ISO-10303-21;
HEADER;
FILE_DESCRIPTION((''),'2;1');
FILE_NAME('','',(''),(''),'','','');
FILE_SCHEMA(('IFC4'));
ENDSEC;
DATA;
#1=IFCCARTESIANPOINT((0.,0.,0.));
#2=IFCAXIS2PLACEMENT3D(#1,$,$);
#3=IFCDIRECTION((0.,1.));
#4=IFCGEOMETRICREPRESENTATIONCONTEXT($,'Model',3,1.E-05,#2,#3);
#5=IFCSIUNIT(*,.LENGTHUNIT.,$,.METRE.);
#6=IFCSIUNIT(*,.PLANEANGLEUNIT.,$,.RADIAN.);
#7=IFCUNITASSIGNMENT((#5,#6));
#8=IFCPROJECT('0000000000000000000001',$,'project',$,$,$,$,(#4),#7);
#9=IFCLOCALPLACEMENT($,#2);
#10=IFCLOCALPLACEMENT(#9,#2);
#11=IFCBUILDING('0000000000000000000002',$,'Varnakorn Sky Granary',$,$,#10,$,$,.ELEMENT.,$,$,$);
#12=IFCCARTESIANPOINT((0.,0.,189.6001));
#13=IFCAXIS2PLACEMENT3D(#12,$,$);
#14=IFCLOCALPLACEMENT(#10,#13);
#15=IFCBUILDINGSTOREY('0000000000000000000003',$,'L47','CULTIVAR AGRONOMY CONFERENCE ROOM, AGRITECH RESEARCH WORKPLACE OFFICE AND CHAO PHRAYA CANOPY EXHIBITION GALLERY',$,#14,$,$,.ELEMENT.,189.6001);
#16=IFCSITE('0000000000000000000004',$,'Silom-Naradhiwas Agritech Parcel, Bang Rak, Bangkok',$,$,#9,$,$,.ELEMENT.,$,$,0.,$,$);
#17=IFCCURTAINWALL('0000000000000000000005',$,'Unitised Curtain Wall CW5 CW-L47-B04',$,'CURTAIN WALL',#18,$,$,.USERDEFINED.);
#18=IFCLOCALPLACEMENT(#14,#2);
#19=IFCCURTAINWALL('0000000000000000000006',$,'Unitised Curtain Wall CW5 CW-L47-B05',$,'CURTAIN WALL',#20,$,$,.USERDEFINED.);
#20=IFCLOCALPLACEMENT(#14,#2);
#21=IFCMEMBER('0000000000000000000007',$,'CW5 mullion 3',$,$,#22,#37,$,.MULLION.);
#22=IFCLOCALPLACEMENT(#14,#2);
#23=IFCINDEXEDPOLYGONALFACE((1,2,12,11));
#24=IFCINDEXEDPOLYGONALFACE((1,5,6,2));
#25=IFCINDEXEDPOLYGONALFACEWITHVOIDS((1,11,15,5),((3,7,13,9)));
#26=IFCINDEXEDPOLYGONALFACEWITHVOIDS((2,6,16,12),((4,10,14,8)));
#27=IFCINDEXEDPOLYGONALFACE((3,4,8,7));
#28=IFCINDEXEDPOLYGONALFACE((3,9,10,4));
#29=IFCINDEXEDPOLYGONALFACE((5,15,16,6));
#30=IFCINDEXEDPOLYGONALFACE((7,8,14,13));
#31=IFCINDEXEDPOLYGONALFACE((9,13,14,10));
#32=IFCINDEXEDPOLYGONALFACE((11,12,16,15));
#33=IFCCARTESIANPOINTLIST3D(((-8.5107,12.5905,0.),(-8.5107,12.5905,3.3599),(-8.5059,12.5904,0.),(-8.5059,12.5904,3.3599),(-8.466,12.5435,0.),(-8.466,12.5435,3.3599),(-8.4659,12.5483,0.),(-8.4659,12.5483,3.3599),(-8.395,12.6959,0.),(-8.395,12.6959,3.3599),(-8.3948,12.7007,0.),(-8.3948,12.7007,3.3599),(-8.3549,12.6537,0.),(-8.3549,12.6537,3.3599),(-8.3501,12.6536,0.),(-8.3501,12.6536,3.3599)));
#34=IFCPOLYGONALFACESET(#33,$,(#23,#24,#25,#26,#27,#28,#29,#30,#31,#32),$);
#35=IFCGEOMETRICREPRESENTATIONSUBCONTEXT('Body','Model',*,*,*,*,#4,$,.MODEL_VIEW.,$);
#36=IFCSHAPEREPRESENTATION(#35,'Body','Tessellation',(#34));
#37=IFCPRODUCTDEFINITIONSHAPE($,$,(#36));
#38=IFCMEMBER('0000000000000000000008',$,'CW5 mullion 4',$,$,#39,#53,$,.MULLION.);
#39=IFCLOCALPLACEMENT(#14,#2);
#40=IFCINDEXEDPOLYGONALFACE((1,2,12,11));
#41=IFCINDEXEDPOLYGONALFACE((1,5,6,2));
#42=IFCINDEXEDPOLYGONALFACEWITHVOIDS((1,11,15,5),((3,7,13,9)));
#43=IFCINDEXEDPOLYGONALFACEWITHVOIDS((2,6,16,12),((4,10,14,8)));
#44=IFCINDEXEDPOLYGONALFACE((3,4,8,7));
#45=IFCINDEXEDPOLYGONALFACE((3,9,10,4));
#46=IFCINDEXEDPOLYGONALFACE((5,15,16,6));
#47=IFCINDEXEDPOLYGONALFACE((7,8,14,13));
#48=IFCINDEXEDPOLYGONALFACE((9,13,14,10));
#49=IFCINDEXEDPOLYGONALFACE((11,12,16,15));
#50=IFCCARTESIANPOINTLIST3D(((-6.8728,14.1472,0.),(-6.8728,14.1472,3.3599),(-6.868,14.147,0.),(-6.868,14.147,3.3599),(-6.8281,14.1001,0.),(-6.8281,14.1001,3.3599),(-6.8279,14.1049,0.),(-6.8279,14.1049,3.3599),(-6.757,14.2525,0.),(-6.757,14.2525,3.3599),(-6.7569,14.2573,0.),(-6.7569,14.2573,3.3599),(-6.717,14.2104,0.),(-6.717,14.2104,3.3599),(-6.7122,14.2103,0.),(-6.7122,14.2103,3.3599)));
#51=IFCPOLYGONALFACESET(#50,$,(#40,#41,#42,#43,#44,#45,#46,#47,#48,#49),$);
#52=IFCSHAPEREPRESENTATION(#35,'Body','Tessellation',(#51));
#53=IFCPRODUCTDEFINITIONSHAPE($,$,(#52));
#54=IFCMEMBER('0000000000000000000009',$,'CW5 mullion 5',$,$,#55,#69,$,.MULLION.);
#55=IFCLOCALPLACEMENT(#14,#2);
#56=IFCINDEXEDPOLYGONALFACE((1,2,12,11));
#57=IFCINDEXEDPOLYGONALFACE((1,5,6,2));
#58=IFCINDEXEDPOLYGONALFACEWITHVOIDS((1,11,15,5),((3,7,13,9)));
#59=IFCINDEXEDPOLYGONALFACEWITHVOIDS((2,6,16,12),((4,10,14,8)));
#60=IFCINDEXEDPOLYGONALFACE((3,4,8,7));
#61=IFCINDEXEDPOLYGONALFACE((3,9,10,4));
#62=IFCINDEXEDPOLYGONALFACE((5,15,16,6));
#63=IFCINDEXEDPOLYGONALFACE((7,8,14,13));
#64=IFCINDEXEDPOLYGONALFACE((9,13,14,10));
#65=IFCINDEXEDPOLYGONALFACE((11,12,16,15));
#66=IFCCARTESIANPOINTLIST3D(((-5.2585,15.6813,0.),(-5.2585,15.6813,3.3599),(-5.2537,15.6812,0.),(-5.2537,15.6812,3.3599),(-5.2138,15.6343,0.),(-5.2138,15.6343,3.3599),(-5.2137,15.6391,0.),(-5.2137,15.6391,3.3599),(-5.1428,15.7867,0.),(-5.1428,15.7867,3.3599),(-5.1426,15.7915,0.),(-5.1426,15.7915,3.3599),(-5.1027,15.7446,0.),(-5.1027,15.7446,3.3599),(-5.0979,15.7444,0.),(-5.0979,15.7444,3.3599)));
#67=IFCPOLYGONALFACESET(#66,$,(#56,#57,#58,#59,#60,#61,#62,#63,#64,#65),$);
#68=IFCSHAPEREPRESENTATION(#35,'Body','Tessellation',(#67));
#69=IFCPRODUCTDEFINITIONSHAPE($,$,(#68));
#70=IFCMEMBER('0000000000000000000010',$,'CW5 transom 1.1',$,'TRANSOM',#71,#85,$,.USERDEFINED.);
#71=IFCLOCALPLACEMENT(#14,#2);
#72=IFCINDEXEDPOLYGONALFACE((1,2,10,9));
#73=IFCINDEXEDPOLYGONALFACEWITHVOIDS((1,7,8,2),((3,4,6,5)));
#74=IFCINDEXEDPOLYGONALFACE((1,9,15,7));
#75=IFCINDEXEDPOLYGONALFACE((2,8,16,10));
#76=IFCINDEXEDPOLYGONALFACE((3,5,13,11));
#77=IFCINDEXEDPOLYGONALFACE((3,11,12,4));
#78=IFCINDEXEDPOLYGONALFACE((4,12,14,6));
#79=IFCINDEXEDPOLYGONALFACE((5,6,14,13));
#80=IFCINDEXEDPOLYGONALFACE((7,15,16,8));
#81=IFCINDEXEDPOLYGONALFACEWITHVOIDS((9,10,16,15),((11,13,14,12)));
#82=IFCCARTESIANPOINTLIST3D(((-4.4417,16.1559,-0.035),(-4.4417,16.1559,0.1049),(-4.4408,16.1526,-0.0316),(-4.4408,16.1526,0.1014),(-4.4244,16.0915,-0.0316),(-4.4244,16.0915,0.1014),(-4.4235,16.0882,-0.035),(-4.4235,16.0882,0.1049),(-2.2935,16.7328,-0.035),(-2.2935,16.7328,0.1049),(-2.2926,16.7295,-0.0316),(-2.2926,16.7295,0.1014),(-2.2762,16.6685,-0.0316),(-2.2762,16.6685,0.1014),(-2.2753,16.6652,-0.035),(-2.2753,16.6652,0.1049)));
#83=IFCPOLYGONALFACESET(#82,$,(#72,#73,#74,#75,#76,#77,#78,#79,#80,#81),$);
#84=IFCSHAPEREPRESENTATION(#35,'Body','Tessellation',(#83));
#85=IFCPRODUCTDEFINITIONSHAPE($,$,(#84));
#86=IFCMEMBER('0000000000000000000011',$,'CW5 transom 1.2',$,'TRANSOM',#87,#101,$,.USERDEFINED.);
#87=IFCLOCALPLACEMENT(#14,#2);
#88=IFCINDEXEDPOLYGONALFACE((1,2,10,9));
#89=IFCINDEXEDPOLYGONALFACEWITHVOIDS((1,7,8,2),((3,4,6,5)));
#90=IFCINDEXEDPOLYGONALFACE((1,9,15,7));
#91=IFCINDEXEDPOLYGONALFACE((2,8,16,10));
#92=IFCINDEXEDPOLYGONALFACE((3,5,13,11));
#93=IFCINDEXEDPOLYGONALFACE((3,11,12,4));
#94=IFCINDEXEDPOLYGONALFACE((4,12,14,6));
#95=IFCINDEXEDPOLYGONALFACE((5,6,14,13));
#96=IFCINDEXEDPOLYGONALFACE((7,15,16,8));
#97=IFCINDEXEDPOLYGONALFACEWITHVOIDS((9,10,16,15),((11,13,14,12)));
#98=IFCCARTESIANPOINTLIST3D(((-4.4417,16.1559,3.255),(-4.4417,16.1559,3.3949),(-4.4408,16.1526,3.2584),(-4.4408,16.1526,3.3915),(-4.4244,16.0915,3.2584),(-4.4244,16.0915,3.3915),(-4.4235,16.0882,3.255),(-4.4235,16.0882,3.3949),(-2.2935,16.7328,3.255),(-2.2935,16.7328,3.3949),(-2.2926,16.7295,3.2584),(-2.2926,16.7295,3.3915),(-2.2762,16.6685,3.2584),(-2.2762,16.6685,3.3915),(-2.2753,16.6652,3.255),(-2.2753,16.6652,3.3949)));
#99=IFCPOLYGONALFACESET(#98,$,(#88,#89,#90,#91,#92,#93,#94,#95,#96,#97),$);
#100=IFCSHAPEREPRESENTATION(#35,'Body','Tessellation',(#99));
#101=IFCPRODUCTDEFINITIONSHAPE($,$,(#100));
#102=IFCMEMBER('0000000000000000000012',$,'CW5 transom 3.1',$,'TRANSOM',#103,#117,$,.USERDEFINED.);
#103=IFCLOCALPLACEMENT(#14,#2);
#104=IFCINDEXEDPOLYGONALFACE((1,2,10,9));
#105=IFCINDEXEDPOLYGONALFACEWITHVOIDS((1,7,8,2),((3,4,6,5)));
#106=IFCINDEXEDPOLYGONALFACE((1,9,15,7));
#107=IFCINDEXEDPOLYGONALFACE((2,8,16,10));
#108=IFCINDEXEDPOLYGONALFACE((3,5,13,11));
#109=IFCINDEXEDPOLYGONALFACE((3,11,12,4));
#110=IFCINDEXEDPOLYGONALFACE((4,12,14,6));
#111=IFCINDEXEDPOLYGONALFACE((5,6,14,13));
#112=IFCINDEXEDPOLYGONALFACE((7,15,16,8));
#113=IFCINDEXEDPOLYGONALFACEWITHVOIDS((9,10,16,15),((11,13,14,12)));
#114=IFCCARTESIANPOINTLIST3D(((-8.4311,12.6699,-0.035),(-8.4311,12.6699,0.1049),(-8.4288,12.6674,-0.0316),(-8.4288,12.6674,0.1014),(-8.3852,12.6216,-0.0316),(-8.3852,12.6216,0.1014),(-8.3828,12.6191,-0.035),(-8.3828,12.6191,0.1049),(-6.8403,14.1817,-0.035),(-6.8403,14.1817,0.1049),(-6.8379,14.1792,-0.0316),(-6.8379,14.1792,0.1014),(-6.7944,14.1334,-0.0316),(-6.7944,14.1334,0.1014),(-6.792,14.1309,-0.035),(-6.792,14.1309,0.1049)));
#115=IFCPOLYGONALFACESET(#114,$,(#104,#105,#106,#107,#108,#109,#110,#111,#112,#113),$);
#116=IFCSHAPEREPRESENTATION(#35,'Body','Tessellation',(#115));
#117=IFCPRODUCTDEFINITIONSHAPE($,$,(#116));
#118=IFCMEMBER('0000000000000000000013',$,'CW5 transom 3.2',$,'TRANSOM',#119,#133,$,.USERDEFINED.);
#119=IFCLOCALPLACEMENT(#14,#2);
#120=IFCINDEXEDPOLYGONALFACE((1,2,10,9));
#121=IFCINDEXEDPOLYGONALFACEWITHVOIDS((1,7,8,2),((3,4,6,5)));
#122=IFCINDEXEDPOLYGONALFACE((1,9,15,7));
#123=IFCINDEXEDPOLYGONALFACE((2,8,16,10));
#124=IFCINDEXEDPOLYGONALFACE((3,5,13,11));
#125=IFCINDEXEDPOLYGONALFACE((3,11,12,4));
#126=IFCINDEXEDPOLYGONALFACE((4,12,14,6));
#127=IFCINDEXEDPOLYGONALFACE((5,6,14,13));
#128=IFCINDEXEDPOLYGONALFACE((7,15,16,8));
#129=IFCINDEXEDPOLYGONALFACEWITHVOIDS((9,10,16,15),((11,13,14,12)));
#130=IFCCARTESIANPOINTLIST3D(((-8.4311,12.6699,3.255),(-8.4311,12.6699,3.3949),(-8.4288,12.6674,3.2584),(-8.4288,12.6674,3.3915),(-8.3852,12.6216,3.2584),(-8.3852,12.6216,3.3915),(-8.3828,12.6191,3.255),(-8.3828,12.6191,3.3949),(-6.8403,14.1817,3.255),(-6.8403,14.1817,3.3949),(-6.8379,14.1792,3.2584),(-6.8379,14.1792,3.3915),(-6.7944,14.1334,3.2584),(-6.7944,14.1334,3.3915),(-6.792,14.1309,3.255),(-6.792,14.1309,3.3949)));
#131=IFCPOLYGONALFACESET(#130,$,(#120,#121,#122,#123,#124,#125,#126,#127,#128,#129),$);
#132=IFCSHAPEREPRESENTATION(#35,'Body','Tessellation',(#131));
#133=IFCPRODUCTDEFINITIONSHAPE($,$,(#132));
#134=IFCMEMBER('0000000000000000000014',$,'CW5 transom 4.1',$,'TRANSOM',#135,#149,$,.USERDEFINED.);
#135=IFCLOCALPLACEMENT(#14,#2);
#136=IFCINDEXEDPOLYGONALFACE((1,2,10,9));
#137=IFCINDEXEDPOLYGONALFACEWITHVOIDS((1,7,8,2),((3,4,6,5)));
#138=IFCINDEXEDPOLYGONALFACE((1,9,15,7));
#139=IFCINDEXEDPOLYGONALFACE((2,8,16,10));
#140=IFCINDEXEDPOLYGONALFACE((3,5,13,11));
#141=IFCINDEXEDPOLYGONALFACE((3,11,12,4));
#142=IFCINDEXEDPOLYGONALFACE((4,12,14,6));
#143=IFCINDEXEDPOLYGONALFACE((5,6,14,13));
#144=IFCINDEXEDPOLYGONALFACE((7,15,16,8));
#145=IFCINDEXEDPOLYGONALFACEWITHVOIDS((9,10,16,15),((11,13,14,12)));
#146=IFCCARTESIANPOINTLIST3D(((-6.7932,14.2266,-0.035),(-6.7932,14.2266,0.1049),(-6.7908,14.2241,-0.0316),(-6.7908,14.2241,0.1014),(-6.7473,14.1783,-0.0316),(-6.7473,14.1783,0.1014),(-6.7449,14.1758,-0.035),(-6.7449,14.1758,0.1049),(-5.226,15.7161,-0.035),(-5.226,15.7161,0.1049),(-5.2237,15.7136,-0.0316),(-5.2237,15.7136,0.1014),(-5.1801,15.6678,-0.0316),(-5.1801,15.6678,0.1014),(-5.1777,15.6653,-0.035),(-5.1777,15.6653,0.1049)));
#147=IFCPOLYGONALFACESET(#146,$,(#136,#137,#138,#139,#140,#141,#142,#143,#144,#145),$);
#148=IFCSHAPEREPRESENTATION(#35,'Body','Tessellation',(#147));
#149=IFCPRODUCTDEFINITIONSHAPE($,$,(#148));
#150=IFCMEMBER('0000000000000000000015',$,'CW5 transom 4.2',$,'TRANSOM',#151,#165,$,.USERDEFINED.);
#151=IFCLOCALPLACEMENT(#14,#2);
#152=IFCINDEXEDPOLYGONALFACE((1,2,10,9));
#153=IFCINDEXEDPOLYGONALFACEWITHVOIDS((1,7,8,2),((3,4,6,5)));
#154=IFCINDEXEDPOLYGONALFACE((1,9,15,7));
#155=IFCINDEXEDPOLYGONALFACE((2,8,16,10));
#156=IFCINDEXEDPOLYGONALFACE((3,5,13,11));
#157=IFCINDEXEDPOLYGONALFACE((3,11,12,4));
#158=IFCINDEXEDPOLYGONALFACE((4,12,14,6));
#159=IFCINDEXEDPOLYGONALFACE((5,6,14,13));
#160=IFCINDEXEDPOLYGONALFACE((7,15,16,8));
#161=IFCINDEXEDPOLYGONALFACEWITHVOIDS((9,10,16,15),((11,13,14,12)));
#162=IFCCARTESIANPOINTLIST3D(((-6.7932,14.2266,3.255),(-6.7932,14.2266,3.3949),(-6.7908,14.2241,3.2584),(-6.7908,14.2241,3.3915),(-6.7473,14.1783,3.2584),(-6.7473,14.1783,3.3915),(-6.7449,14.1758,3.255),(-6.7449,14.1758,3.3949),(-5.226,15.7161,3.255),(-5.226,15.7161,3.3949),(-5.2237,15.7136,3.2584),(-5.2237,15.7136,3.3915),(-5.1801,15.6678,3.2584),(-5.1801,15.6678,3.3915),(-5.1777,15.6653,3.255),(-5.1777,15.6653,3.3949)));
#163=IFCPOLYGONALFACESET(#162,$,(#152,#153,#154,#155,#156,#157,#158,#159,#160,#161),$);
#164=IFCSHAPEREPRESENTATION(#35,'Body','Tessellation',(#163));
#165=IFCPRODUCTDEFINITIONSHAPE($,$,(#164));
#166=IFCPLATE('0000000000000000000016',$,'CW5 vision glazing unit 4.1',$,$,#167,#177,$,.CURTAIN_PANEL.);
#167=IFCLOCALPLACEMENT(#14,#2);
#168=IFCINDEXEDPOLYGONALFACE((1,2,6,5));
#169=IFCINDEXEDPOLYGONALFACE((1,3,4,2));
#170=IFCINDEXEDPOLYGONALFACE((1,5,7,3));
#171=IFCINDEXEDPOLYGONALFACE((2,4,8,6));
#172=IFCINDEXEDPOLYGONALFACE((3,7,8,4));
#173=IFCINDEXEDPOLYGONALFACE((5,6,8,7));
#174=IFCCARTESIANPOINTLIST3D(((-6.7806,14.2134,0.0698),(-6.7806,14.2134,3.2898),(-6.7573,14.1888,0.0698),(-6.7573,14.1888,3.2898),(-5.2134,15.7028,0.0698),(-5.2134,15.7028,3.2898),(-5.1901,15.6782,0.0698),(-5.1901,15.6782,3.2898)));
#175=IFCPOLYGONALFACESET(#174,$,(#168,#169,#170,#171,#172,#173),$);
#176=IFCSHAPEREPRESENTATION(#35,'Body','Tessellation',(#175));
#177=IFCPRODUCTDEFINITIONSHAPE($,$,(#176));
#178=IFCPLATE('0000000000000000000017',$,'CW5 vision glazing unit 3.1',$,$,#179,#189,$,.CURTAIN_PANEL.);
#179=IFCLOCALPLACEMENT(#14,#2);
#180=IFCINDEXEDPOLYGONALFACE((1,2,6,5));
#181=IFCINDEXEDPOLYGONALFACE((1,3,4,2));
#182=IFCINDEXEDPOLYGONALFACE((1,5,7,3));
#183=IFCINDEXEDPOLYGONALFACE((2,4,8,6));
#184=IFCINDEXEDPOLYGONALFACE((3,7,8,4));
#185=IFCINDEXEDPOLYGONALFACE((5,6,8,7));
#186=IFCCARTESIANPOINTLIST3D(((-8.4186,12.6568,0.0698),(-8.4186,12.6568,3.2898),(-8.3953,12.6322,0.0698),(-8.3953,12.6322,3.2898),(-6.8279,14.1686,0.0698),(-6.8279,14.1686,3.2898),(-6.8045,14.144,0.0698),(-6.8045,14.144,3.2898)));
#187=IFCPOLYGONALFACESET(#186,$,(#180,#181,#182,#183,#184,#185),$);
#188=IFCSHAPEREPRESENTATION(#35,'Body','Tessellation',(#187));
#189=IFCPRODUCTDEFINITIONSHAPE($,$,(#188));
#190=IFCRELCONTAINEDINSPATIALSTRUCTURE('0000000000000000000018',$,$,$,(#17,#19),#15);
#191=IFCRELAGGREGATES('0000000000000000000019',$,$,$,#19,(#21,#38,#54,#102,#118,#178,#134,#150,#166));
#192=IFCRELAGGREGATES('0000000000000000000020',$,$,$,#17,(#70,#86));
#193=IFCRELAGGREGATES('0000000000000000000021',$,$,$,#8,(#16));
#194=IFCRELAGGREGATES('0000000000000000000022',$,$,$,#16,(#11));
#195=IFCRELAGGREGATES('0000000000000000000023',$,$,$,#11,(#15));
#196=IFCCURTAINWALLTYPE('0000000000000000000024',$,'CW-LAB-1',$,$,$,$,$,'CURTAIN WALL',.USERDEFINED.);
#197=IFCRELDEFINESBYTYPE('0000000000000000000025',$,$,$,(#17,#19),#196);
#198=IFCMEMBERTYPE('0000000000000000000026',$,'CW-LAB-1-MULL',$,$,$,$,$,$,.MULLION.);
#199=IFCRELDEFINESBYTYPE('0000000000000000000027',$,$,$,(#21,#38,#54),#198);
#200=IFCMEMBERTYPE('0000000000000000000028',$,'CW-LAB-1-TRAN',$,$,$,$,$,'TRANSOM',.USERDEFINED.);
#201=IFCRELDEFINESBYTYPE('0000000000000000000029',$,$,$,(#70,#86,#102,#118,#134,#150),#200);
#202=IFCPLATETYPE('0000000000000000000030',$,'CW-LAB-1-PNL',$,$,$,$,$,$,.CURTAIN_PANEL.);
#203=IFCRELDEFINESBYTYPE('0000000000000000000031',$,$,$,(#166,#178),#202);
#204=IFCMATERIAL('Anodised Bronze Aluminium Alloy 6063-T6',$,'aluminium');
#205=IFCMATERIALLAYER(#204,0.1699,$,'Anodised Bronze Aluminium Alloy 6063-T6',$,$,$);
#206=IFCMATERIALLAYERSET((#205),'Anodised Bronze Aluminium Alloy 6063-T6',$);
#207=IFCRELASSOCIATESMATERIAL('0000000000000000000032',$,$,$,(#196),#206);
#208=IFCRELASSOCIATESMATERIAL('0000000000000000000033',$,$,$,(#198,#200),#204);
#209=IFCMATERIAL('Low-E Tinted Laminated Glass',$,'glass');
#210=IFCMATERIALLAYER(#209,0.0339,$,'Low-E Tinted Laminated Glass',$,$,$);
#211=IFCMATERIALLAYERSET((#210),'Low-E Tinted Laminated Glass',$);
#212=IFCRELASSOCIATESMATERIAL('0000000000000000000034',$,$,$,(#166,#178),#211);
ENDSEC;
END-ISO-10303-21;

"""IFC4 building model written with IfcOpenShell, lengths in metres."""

from ifc_helpers import new_model, si_unit, direction, frame, origin, origin_2d, place, context, subcontext, project, spatial, rectangle, hollow_rectangle, extrude, source, transform, mapped, material, layer, layer_set, material_profile, profile_set, type_object, element, aggregate, save


model = new_model("IFC4")

# Units and contexts
model_context = context("Model", 3, precision=1e-05, world=origin(), true_north=direction((0.0, 1.0)))
body_context = subcontext(model_context, "Body", "Model", "MODEL_VIEW")
ifc_project = project(units=[si_unit("LENGTHUNIT", "METRE"), si_unit("PLANEANGLEUNIT", "RADIAN")], contexts=[model_context])

# Site, building, storey
site_placement = place(None, origin())
site = spatial("IfcSite", under=ifc_project, at=site_placement, Name="Silom-Naradhiwas Agritech Parcel, Bang Rak, Bangkok", CompositionType="ELEMENT", RefElevation=0.0)
building_placement = place(site_placement, origin())
building = spatial("IfcBuilding", under=site, at=building_placement, Name="Varnakorn Sky Granary", CompositionType="ELEMENT")
storey_placement = place(building_placement, frame((0.0, 0.0, 189.6001)))
storey = spatial("IfcBuildingStorey", under=building, at=storey_placement, Name="L47", Description="CULTIVAR AGRONOMY CONFERENCE ROOM, AGRITECH RESEARCH WORKPLACE OFFICE AND CHAO PHRAYA CANOPY EXHIBITION GALLERY", CompositionType="ELEMENT", Elevation=189.6001)

# Curtain wall
ifc_material_1 = material(Name="Anodised Bronze Aluminium Alloy 6063-T6", Category="aluminium")
ifc_layer_1 = layer(ifc_material_1, 0.1699, Name="Anodised Bronze Aluminium Alloy 6063-T6")
ifc_layer_set_1 = layer_set([ifc_layer_1], Name="Anodised Bronze Aluminium Alloy 6063-T6")
curtain_wall_type = type_object("IfcCurtainWallType", Name="CW-LAB-1", ElementType="CURTAIN WALL", PredefinedType="USERDEFINED", material=ifc_layer_set_1)
curtain_wall_1_placement = place(storey_placement, origin())
curtain_wall_1 = element("IfcCurtainWall", 1, at=curtain_wall_1_placement, inside=storey, type_object=curtain_wall_type, Name="Unitised Curtain Wall CW5 CW-L47-B04", ObjectType="CURTAIN WALL", PredefinedType="USERDEFINED")
ifc_material_profile_1 = material_profile(ifc_material_1, hollow_rectangle(XDim=0.0649, YDim=0.1599, WallThickness=0.0034, at=origin_2d()), Name="ALU MULL 65x160")
ifc_profile_set_1 = profile_set([ifc_material_profile_1], Name="Anodised Bronze Aluminium Alloy 6063-T6")
member_type_1 = type_object("IfcMemberType", Name="CW-LAB-1-MULL", PredefinedType="MULLION", material=ifc_profile_set_1)

# Curtain wall, members
curtain_wall_2_placement = place(storey_placement, origin())
curtain_wall_2 = element("IfcCurtainWall", 2, at=curtain_wall_2_placement, inside=storey, type_object=curtain_wall_type, Name="Unitised Curtain Wall CW5 CW-L47-B05", ObjectType="CURTAIN WALL", PredefinedType="USERDEFINED")
member_1_placement = place(storey_placement, frame((-8.4304, 12.6221, 0.0), z_axis=(0.0, 0.0, 1.0), x_axis=(-0.688905, 0.724851, 0.0)))
member_1 = element("IfcMember", 3, at=member_1_placement, type_object=member_type_1, Name="CW5 mullion 3", PredefinedType="MULLION", context=body_context, shape_type="SweptSolid", body=[
    extrude(hollow_rectangle(XDim=0.0649, YDim=0.1599, WallThickness=0.0034, at=origin_2d()), origin(), (0.0, 0.0, 1.0), 3.3599),
])
member_2_placement = place(storey_placement, frame((-6.7925, 14.1787, 0.0), z_axis=(0.0, 0.0, 1.0), x_axis=(-0.688905, 0.724851, 0.0)))
member_2 = element("IfcMember", 4, at=member_2_placement, type_object=member_type_1, Name="CW5 mullion 4", PredefinedType="MULLION", context=body_context, shape_type="SweptSolid", body=[
    extrude(hollow_rectangle(XDim=0.0649, YDim=0.1599, WallThickness=0.0034, at=origin_2d()), origin(), (0.0, 0.0, 1.0), 3.3599),
])
member_3_placement = place(storey_placement, frame((-5.1782, 15.7129, 0.0), z_axis=(0.0, 0.0, 1.0), x_axis=(-0.688905, 0.724851, 0.0)))
member_3 = element("IfcMember", 5, at=member_3_placement, type_object=member_type_1, Name="CW5 mullion 5", PredefinedType="MULLION", context=body_context, shape_type="SweptSolid", body=[
    extrude(hollow_rectangle(XDim=0.0649, YDim=0.1599, WallThickness=0.0034, at=origin_2d()), origin(), (0.0, 0.0, 1.0), 3.3599),
])

# Members
ifc_material_profile_2 = material_profile(ifc_material_1, hollow_rectangle(XDim=0.0701, YDim=0.1399, WallThickness=0.0034, at=origin_2d()), Name="ALU TRAN 70x140")
ifc_profile_set_2 = profile_set([ifc_material_profile_2], Name="Anodised Bronze Aluminium Alloy 6063-T6")
member_type_2 = type_object("IfcMemberType", Name="CW-LAB-1-TRAN", ElementType="TRANSOM", PredefinedType="USERDEFINED", material=ifc_profile_set_2)
member_4_placement = place(storey_placement, frame((-4.4326, 16.1221, 0.0349), z_axis=(0.96578, 0.259363, 0.0), x_axis=(-0.259363, 0.96578, 0.0)))
member_4 = element("IfcMember", 6, at=member_4_placement, type_object=member_type_2, Name="CW5 transom 1.1", ObjectType="TRANSOM", PredefinedType="USERDEFINED", context=body_context, shape_type="SweptSolid", body=[
    extrude(hollow_rectangle(XDim=0.0701, YDim=0.1399, WallThickness=0.0034, at=origin_2d()), origin(), (0.0, 0.0, 1.0), 2.2244),
])
member_5_placement = place(storey_placement, frame((-4.4326, 16.1221, 3.325), z_axis=(0.96578, 0.259363, 0.0), x_axis=(-0.259363, 0.96578, 0.0)))
member_5 = element("IfcMember", 7, at=member_5_placement, type_object=member_type_2, Name="CW5 transom 1.2", ObjectType="TRANSOM", PredefinedType="USERDEFINED", context=body_context, shape_type="SweptSolid", body=[
    extrude(hollow_rectangle(XDim=0.0701, YDim=0.1399, WallThickness=0.0034, at=origin_2d()), origin(), (0.0, 0.0, 1.0), 2.2244),
])
member_6_placement = place(storey_placement, frame((-8.407, 12.6445, 0.0349), z_axis=(0.724899, 0.688855, 0.0), x_axis=(-0.688855, 0.724899, 0.0)))
member_6 = element("IfcMember", 8, at=member_6_placement, type_object=member_type_2, Name="CW5 transom 3.1", ObjectType="TRANSOM", PredefinedType="USERDEFINED", context=body_context, shape_type="SweptSolid", body=[
    extrude(hollow_rectangle(XDim=0.0701, YDim=0.1399, WallThickness=0.0034, at=origin_2d()), origin(), (0.0, 0.0, 1.0), 2.1946),
])
member_7_placement = place(storey_placement, frame((-8.407, 12.6445, 3.325), z_axis=(0.724899, 0.688855, 0.0), x_axis=(-0.688855, 0.724899, 0.0)))
member_7 = element("IfcMember", 9, at=member_7_placement, type_object=member_type_2, Name="CW5 transom 3.2", ObjectType="TRANSOM", PredefinedType="USERDEFINED", context=body_context, shape_type="SweptSolid", body=[
    extrude(hollow_rectangle(XDim=0.0701, YDim=0.1399, WallThickness=0.0034, at=origin_2d()), origin(), (0.0, 0.0, 1.0), 2.1946),
])
member_8_placement = place(storey_placement, frame((-6.769, 14.2012, 0.0349), z_axis=(0.724833, 0.688925, 0.0), x_axis=(-0.688925, 0.724833, 0.0)))
member_8 = element("IfcMember", 10, at=member_8_placement, type_object=member_type_2, Name="CW5 transom 4.1", ObjectType="TRANSOM", PredefinedType="USERDEFINED", context=body_context, shape_type="SweptSolid", body=[
    extrude(hollow_rectangle(XDim=0.0701, YDim=0.1399, WallThickness=0.0034, at=origin_2d()), origin(), (0.0, 0.0, 1.0), 2.1621),
])
member_9_placement = place(storey_placement, frame((-6.769, 14.2012, 3.325), z_axis=(0.724833, 0.688925, 0.0), x_axis=(-0.688925, 0.724833, 0.0)))
member_9 = element("IfcMember", 11, at=member_9_placement, type_object=member_type_2, Name="CW5 transom 4.2", ObjectType="TRANSOM", PredefinedType="USERDEFINED", context=body_context, shape_type="SweptSolid", body=[
    extrude(hollow_rectangle(XDim=0.0701, YDim=0.1399, WallThickness=0.0034, at=origin_2d()), origin(), (0.0, 0.0, 1.0), 2.1621),
])

# Plates
ifc_material_2 = material(Name="Low-E Tinted Laminated Glass", Category="glass")
ifc_layer_2 = layer(ifc_material_2, 0.0339, Name="Low-E Tinted Laminated Glass")
ifc_layer_set_2 = layer_set([ifc_layer_2], Name="Low-E Tinted Laminated Glass")
plate_type = type_object("IfcPlateType", Name="CW-LAB-1-PNL", PredefinedType="CURTAIN_PANEL")
shared_shape_1 = source(origin(), body_context, "Body", "SweptSolid", [
    extrude(rectangle(XDim=2.1621, YDim=0.0339, at=origin_2d()), origin(), (0.0, 0.0, 1.0), 3.22),
])
plate_1_placement = place(storey_placement, frame((-5.9854, 14.9458, 0.0698), z_axis=(0.0, 0.0, 1.0), x_axis=(0.724851, 0.688905, 0.0)))
plate_1 = element("IfcPlate", 12, at=plate_1_placement, type_object=plate_type, material=ifc_layer_set_2, Name="CW5 vision glazing unit 4.1", PredefinedType="CURTAIN_PANEL", context=body_context, shape_type="MappedRepresentation", body=[
    mapped(shared_shape_1, transform((0.0, 0.0, 0.0), x_axis=(1.0, 0.0, 0.0), y_axis=(0.0, 1.0, 0.0), z_axis=(0.0, 0.0, 1.0), scale=1.0)),
])
shared_shape_2 = source(origin(), body_context, "Body", "SweptSolid", [
    extrude(rectangle(XDim=2.1946, YDim=0.0339, at=origin_2d()), origin(), (0.0, 0.0, 1.0), 3.22),
])
plate_2_placement = place(storey_placement, frame((-7.6116, 13.4004, 0.0698), z_axis=(0.0, 0.0, 1.0), x_axis=(0.724851, 0.688905, 0.0)))
plate_2 = element("IfcPlate", 13, at=plate_2_placement, type_object=plate_type, material=ifc_layer_set_2, Name="CW5 vision glazing unit 3.1", PredefinedType="CURTAIN_PANEL", context=body_context, shape_type="MappedRepresentation", body=[
    mapped(shared_shape_2, transform((0.0, 0.0, 0.0), x_axis=(1.0, 0.0, 0.0), y_axis=(0.0, 1.0, 0.0), z_axis=(0.0, 0.0, 1.0), scale=1.0)),
])
aggregate(curtain_wall_2, [member_1, member_2, member_3, member_6, member_7, plate_2, member_8, member_9, plate_1])
aggregate(curtain_wall_1, [member_4, member_5])

save(model, "model.ifc")
